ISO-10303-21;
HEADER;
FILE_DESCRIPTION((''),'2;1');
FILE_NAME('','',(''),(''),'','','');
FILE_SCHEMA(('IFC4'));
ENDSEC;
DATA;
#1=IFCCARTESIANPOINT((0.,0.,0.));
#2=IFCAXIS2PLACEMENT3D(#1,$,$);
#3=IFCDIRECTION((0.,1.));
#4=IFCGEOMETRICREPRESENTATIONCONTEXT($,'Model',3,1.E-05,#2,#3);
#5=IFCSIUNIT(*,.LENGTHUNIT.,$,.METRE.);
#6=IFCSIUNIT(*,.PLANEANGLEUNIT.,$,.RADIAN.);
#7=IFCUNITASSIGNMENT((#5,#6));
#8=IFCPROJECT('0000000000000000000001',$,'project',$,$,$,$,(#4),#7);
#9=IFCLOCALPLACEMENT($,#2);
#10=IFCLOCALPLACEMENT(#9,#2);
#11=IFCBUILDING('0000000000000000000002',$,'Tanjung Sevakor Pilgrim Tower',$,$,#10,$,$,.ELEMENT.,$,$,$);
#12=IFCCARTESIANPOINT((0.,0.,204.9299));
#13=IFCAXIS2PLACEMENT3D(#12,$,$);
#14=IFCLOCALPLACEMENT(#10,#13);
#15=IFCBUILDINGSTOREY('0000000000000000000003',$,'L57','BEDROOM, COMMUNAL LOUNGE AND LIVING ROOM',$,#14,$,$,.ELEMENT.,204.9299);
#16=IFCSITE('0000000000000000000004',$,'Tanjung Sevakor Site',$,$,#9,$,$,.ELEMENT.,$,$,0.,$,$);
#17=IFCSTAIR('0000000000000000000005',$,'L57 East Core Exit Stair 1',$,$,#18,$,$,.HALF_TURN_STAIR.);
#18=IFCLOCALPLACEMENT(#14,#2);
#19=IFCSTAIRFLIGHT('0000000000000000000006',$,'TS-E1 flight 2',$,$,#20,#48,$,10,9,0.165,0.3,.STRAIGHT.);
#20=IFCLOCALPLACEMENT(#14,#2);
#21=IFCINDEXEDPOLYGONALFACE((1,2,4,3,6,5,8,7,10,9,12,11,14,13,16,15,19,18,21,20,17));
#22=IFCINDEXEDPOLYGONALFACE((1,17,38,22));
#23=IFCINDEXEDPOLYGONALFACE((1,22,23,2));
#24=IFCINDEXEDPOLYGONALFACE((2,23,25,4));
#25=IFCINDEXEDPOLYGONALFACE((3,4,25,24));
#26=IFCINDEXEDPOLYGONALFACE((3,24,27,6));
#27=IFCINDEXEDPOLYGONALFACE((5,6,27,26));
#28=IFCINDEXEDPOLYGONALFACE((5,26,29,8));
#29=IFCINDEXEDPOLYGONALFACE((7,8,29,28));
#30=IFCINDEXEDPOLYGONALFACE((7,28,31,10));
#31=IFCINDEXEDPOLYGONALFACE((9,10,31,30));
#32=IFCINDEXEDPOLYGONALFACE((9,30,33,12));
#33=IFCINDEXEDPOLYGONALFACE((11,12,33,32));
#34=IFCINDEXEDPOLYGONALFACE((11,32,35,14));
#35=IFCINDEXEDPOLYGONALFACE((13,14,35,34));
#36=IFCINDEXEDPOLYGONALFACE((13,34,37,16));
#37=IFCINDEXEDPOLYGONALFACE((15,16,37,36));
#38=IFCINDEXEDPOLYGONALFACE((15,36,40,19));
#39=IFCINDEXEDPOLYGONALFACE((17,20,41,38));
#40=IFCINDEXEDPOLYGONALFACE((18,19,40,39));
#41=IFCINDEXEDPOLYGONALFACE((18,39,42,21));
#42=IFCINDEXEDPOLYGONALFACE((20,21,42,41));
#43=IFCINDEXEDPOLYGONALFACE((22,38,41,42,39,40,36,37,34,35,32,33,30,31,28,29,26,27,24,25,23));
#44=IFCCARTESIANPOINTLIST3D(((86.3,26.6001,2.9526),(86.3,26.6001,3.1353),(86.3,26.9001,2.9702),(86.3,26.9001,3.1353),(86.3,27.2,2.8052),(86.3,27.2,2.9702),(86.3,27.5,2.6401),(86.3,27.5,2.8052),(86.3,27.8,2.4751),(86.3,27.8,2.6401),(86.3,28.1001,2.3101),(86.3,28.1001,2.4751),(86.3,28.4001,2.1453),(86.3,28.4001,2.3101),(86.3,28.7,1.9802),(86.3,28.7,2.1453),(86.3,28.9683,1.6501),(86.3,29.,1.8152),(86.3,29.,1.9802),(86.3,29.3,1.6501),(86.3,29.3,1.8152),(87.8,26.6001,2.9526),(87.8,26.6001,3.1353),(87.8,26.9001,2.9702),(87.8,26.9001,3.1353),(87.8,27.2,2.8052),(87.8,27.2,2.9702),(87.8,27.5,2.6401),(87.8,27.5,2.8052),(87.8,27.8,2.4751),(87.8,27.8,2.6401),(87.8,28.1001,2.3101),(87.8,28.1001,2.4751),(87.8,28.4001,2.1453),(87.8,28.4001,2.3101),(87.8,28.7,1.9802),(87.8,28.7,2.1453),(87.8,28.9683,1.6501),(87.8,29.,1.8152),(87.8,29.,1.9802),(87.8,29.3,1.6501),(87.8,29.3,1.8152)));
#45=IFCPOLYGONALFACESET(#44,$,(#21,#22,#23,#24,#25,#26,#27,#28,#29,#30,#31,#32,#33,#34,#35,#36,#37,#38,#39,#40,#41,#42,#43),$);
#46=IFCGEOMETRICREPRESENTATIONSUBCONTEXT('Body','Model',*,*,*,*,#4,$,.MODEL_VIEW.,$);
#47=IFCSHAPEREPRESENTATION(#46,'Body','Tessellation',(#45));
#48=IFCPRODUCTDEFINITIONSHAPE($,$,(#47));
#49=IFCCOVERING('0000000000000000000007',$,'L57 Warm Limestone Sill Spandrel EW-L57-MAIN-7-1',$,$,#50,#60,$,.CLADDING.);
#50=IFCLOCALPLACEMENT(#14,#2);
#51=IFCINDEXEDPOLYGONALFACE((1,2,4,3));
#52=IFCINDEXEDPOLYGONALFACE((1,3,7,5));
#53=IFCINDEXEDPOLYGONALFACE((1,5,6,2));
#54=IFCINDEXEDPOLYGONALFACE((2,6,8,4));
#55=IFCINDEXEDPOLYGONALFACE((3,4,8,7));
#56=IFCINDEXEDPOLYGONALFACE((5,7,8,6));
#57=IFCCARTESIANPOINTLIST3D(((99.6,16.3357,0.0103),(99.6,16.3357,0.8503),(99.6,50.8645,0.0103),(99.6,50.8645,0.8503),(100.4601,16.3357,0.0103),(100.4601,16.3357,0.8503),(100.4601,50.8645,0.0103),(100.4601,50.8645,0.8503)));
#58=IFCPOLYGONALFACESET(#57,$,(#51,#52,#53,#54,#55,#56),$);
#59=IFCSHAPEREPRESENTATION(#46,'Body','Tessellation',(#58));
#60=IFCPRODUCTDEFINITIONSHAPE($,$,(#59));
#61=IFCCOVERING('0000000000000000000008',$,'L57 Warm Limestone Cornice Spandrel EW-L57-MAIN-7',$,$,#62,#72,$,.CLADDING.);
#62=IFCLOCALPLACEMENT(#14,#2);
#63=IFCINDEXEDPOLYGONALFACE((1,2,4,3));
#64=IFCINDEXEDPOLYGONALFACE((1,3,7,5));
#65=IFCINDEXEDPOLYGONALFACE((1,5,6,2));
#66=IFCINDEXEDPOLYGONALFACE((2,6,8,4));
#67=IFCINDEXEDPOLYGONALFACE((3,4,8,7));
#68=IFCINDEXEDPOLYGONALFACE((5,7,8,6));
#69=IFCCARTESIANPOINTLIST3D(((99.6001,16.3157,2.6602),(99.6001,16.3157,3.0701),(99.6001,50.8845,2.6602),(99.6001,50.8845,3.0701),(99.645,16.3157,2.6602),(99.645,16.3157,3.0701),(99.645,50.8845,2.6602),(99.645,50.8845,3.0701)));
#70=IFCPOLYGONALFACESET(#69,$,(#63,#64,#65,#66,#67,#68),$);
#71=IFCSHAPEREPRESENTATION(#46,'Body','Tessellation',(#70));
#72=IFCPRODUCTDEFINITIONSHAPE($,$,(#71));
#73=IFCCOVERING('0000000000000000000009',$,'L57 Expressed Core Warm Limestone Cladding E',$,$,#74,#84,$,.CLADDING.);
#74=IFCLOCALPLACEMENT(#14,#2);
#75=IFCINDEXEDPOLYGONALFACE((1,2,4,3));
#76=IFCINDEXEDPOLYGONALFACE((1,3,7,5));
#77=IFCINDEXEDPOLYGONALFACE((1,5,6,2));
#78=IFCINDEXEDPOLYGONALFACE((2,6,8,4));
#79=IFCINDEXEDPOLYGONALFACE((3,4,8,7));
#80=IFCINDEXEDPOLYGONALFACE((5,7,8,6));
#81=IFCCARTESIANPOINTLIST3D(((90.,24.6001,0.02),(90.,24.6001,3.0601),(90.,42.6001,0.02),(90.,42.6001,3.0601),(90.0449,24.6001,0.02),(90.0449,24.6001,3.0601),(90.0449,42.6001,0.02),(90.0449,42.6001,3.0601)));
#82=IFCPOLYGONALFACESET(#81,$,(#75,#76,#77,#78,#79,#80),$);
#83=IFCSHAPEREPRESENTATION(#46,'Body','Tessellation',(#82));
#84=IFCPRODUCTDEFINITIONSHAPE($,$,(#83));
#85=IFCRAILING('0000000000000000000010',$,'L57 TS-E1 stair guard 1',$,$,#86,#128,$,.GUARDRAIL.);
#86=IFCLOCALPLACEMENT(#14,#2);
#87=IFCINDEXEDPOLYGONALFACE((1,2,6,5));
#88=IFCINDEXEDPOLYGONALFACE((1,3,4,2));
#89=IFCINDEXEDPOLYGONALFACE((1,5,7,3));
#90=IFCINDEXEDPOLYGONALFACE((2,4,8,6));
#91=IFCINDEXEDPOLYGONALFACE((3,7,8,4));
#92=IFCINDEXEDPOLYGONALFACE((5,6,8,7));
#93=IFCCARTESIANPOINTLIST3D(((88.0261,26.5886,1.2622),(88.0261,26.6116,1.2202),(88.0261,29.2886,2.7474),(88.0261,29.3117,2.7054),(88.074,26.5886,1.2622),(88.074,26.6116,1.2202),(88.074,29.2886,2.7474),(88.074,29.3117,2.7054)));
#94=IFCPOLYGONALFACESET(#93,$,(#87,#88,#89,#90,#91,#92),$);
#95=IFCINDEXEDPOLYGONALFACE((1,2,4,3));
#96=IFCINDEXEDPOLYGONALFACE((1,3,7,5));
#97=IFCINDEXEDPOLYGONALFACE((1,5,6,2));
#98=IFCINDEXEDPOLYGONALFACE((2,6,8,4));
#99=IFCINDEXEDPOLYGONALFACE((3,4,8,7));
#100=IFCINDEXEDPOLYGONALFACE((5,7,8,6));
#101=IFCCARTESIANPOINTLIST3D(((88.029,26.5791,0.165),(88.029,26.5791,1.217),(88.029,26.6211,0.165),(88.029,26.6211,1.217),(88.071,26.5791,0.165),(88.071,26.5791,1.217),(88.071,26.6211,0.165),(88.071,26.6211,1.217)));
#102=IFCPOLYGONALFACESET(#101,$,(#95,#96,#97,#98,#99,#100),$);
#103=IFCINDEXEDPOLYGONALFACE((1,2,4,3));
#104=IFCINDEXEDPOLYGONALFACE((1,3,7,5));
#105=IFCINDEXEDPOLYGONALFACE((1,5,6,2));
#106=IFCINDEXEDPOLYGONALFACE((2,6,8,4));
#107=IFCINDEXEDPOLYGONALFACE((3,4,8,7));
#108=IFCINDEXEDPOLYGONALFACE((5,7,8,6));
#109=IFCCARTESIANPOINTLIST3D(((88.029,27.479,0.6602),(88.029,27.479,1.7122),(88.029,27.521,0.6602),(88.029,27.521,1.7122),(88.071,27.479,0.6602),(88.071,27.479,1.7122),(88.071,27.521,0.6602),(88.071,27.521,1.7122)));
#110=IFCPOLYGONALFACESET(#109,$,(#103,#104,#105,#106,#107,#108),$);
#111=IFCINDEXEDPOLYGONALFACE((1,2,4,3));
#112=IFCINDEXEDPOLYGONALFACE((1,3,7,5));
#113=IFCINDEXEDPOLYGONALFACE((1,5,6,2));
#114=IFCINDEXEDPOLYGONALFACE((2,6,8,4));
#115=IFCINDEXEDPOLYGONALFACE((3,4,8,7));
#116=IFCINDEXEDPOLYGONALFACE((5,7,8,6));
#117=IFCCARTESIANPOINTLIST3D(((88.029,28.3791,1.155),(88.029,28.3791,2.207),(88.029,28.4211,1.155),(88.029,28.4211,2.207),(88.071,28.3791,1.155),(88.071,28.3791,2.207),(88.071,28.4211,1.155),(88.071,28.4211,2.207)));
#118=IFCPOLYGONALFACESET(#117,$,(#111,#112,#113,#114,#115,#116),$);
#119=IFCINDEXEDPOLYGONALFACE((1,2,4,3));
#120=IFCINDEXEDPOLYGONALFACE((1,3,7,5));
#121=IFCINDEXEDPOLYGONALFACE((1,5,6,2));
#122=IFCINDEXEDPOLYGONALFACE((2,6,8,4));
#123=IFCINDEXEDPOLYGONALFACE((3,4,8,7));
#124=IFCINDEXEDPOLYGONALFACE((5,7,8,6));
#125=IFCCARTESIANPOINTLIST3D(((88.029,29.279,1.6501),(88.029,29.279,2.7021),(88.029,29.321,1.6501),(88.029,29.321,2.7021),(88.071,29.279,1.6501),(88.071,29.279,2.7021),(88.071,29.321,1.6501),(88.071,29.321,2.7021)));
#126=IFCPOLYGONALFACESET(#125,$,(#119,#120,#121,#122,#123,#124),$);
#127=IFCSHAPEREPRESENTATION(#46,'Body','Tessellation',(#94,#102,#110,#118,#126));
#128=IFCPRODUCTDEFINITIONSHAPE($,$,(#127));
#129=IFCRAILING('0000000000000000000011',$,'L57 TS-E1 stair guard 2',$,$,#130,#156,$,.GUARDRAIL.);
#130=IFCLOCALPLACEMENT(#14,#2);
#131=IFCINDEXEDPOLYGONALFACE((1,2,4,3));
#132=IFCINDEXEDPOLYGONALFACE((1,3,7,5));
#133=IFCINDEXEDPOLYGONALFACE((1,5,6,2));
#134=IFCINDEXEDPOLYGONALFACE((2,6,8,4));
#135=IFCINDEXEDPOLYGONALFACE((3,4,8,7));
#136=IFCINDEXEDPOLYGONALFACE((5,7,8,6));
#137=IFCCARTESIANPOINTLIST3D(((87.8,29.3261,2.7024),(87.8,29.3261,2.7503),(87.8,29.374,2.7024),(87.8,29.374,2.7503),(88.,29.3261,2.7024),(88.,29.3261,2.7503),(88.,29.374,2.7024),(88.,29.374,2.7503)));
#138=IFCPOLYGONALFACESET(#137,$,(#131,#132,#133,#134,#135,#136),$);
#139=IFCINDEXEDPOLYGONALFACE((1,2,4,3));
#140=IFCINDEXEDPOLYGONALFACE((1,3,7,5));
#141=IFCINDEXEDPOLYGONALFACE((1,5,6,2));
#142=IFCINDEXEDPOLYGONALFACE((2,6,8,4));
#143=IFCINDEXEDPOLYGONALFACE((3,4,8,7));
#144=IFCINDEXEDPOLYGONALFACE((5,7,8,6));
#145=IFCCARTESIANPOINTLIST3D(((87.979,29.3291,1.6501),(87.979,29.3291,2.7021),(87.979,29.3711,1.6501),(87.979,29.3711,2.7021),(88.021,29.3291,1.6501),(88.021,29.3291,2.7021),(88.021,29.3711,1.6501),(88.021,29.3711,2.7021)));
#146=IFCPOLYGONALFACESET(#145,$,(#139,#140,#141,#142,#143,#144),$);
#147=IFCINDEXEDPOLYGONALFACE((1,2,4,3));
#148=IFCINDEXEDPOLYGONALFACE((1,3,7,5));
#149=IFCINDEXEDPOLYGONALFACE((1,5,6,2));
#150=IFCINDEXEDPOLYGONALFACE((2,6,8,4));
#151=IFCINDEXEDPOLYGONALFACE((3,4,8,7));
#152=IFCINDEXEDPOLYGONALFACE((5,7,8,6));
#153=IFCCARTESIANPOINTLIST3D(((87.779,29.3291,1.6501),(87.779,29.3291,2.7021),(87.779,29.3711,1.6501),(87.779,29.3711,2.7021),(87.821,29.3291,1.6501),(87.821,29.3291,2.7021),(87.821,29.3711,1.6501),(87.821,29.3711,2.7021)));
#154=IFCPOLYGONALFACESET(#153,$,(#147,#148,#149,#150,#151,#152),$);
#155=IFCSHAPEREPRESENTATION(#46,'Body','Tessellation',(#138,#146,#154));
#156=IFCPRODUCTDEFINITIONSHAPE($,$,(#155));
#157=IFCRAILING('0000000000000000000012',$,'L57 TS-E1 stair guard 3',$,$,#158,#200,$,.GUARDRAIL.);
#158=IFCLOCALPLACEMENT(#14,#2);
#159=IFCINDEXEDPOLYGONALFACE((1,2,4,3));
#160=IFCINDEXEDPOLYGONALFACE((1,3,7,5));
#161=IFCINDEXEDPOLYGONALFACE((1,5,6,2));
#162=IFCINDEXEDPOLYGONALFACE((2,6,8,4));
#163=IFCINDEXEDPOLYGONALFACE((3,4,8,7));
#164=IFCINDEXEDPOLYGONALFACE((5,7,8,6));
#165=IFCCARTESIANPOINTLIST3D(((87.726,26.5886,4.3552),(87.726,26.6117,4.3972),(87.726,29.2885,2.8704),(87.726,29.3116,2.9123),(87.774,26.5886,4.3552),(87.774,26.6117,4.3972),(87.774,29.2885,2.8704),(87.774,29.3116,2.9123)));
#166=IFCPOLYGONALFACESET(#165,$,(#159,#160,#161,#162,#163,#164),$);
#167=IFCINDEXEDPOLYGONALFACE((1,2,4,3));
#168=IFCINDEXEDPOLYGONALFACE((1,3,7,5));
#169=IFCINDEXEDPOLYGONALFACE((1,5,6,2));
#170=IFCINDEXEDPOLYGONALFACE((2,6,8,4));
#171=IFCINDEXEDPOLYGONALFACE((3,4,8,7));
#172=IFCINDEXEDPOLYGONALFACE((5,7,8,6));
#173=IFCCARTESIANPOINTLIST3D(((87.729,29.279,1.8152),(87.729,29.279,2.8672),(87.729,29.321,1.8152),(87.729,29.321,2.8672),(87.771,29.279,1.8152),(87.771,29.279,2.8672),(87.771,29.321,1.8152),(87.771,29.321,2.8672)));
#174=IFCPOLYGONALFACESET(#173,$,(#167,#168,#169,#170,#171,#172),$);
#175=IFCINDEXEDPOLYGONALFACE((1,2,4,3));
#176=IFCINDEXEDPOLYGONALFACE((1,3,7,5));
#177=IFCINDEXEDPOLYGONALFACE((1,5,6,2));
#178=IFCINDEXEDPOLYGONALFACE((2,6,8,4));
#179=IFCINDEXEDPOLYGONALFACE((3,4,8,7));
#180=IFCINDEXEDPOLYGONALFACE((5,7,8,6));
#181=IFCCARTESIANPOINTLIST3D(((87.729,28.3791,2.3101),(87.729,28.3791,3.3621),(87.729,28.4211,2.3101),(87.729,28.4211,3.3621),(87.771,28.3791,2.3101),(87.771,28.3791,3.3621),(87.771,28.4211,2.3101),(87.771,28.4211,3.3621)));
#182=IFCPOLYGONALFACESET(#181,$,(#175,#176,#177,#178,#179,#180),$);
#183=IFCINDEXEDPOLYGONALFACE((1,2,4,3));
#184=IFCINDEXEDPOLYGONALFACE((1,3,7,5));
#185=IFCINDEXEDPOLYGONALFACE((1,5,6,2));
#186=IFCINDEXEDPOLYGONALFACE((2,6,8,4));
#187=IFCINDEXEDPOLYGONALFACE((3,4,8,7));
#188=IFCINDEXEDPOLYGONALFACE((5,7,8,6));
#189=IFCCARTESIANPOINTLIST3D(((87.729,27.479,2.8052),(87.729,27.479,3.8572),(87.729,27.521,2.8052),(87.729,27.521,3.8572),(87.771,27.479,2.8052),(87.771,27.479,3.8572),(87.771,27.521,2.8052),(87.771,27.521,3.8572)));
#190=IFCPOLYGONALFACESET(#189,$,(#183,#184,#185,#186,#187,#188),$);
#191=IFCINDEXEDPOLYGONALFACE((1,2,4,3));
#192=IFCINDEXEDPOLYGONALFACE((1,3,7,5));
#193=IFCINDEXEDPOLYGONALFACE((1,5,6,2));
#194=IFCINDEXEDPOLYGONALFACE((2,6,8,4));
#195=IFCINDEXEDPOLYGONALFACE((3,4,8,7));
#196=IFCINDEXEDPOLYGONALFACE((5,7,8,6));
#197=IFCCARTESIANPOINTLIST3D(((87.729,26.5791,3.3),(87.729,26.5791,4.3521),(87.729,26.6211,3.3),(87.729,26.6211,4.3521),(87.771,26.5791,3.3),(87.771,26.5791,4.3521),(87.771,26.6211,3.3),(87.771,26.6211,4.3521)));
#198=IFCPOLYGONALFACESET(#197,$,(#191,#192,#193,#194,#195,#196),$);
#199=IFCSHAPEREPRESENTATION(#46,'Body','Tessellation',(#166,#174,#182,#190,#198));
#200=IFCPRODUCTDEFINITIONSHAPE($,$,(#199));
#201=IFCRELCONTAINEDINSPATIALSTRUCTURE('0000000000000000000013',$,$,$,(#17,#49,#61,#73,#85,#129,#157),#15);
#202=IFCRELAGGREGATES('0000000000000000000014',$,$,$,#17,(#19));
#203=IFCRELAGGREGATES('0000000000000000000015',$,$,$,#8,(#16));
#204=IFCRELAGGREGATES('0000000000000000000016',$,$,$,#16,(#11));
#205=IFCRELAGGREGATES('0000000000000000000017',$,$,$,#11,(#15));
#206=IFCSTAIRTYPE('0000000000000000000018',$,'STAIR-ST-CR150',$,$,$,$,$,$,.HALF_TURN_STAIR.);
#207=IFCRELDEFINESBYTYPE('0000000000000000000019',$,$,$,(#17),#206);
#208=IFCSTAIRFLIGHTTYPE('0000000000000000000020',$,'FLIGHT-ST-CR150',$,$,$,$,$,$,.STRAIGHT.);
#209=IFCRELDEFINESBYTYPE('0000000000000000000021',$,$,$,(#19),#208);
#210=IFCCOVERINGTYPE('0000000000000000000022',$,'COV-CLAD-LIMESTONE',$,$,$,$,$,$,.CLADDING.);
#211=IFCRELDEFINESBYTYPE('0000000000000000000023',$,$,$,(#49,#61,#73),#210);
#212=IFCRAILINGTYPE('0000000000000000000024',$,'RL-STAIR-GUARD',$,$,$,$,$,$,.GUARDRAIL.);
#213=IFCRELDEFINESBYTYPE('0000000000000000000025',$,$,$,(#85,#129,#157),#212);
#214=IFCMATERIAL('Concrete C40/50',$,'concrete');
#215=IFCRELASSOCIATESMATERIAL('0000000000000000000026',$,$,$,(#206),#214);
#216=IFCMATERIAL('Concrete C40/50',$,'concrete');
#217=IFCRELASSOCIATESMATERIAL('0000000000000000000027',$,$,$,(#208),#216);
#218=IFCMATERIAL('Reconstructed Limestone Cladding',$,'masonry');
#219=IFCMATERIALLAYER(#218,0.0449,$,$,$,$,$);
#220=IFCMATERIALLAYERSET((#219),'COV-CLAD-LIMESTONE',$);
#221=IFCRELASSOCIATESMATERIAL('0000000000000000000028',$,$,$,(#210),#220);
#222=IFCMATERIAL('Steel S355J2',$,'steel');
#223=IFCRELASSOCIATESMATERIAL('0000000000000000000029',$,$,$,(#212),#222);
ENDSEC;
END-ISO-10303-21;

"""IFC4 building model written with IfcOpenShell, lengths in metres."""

from ifc_helpers import new_model, si_unit, direction, frame, origin, origin_2d, place, context, subcontext, project, spatial, polyline, rectangle, outline, extrude, material, layer, layer_set, type_object, element, aggregate, save


model = new_model("IFC4")

# Units and contexts
model_context = context("Model", 3, precision=1e-05, world=origin(), true_north=direction((0.0, 1.0)))
body_context = subcontext(model_context, "Body", "Model", "MODEL_VIEW")
ifc_project = project(units=[si_unit("LENGTHUNIT", "METRE"), si_unit("PLANEANGLEUNIT", "RADIAN")], contexts=[model_context])

# Site, building, storey
site_placement = place(None, origin())
site = spatial("IfcSite", under=ifc_project, at=site_placement, Name="Tanjung Sevakor Site", CompositionType="ELEMENT", RefElevation=0.0)
building_placement = place(site_placement, origin())
building = spatial("IfcBuilding", under=site, at=building_placement, Name="Tanjung Sevakor Pilgrim Tower", CompositionType="ELEMENT")
storey_placement = place(building_placement, frame((0.0, 0.0, 204.9299)))
storey = spatial("IfcBuildingStorey", under=building, at=storey_placement, Name="L57", Description="BEDROOM, COMMUNAL LOUNGE AND LIVING ROOM", CompositionType="ELEMENT", Elevation=204.9299)

# Stair, stair flight
ifc_material_1 = material(Name="Concrete C40/50", Category="concrete")
stair_type = type_object("IfcStairType", Name="STAIR-ST-CR150", PredefinedType="HALF_TURN_STAIR", material=ifc_material_1)
stair_placement = place(storey_placement, origin())
stair = element("IfcStair", 1, at=stair_placement, inside=storey, type_object=stair_type, Name="L57 East Core Exit Stair 1", PredefinedType="HALF_TURN_STAIR")
ifc_material_2 = material(Name="Concrete C40/50", Category="concrete")
stair_flight_type = type_object("IfcStairFlightType", Name="FLIGHT-ST-CR150", PredefinedType="STRAIGHT", material=ifc_material_2)
stair_flight_1_placement = place(storey_placement, frame((87.05, 29.3, 1.6501), z_axis=(0.0, 0.0, 1.0), x_axis=(0.0, -1.0, 0.0)))
stair_flight_1 = element("IfcStairFlight", 2, at=stair_flight_1_placement, type_object=stair_flight_type, Name="TS-E1 flight 2", NumberOfRisers=10, NumberOfTreads=9, PredefinedType="STRAIGHT", RiserHeight=0.165, TreadLength=0.3, context=body_context, shape_type="SweptSolid", body=[
    extrude(outline(polyline([(0.0, 0.0), (0.0, 0.165), (0.3, 0.165), (0.3, 0.3301), (0.6001, 0.3301), (0.6001, 0.4951), (0.8999, 0.4951), (0.8999, 0.6599), (1.2, 0.6599), (1.2, 0.825), (1.5, 0.825), (1.5, 0.99), (1.8, 0.99), (1.8, 1.155), (2.1001, 1.155), (2.1001, 1.3201), (2.3999, 1.3201), (2.3999, 1.4851), (2.7, 1.4851), (2.7, 1.6499), (2.7, 1.3025), (0.3318, 0.0), (0.0, 0.0)])), frame((0.0, 0.75, 0.0), z_axis=(0.0, -1.0, 0.0), x_axis=(1.0, 0.0, 0.0)), (0.0, 0.0, 1.0), 1.5),
])
aggregate(stair, [stair_flight_1])

# Coverings
ifc_material_3 = material(Name="Reconstructed Limestone Cladding", Category="masonry")
ifc_layer_1 = layer(ifc_material_3, 0.0449)
ifc_layer_set_1 = layer_set([ifc_layer_1], Name="COV-CLAD-LIMESTONE")
covering_type = type_object("IfcCoveringType", Name="COV-CLAD-LIMESTONE", PredefinedType="CLADDING", material=ifc_layer_set_1)
covering_1_placement = place(storey_placement, frame((100.03, 33.6001, 0.0103), z_axis=(0.0, 0.0, 1.0), x_axis=(0.0, 1.0, 0.0)))
element("IfcCovering", 3, at=covering_1_placement, inside=storey, type_object=covering_type, Name="L57 Warm Limestone Sill Spandrel EW-L57-MAIN-7-1", PredefinedType="CLADDING", context=body_context, shape_type="SweptSolid", body=[
    extrude(rectangle(XDim=34.5288, YDim=0.8601, at=origin_2d()), origin(), (0.0, 0.0, 1.0), 0.8401),
])
covering_2_placement = place(storey_placement, frame((99.6226, 33.6001, 2.6602), z_axis=(0.0, 0.0, 1.0), x_axis=(0.0, 1.0, 0.0)))
element("IfcCovering", 4, at=covering_2_placement, inside=storey, type_object=covering_type, Name="L57 Warm Limestone Cornice Spandrel EW-L57-MAIN-7", PredefinedType="CLADDING", context=body_context, shape_type="SweptSolid", body=[
    extrude(rectangle(XDim=34.5688, YDim=0.0449, at=origin_2d()), origin(), (0.0, 0.0, 1.0), 0.4099),
])
covering_3_placement = place(storey_placement, frame((90.0225, 33.6001, 0.02), z_axis=(0.0, 0.0, 1.0), x_axis=(1.0, 0.0, 0.0)))
element("IfcCovering", 5, at=covering_3_placement, inside=storey, type_object=covering_type, Name="L57 Expressed Core Warm Limestone Cladding E", PredefinedType="CLADDING", context=body_context, shape_type="SweptSolid", body=[
    extrude(rectangle(XDim=0.0449, YDim=18.0, at=origin_2d()), origin(), (0.0, 0.0, 1.0), 3.04),
])

# Railings
ifc_material_4 = material(Name="Steel S355J2", Category="steel")
railing_type_1 = type_object("IfcRailingType", Name="RL-STAIR-GUARD", PredefinedType="GUARDRAIL", material=ifc_material_4)
railing_1_placement = place(storey_placement, frame((88.05, 26.6001, 0.165)))
element("IfcRailing", 6, at=railing_1_placement, inside=storey, type_object=railing_type_1, Name="L57 TS-E1 stair guard 1", PredefinedType="GUARDRAIL", context=body_context, shape_type="SweptSolid", body=[
    extrude(rectangle(XDim=0.0479, YDim=0.0479), frame((0.0, 0.0, 1.0762), z_axis=(0.0, 0.876198, 0.481952), x_axis=(-1.0, 0.0, 0.0)), (0.0, 0.0, 1.0), 3.0815),
    extrude(rectangle(XDim=0.042, YDim=0.042), origin(), (0.0, 0.0, 1.0), 1.052),
    extrude(rectangle(XDim=0.042, YDim=0.042), frame((0.0, 0.8999, 0.4951)), (0.0, 0.0, 1.0), 1.052),
    extrude(rectangle(XDim=0.042, YDim=0.042), frame((0.0, 1.8, 0.99)), (0.0, 0.0, 1.0), 1.052),
    extrude(rectangle(XDim=0.042, YDim=0.042), frame((0.0, 2.7, 1.4851)), (0.0, 0.0, 1.0), 1.052),
])
railing_2_placement = place(storey_placement, frame((88.0, 29.3501, 1.6501)))
element("IfcRailing", 7, at=railing_2_placement, inside=storey, type_object=railing_type_1, Name="L57 TS-E1 stair guard 2", PredefinedType="GUARDRAIL", context=body_context, shape_type="SweptSolid", body=[
    extrude(rectangle(XDim=0.0479, YDim=0.0479), frame((0.0, 0.0, 1.0762), z_axis=(-1.0, 0.0, 0.0), x_axis=(0.0, -1.0, 0.0)), (0.0, 0.0, 1.0), 0.2),
    extrude(rectangle(XDim=0.042, YDim=0.042), origin(), (0.0, 0.0, 1.0), 1.052),
    extrude(rectangle(XDim=0.042, YDim=0.042), frame((-0.2, 0.0, 0.0)), (0.0, 0.0, 1.0), 1.052),
])
railing_3_placement = place(storey_placement, frame((87.75, 29.3, 1.8152)))
element("IfcRailing", 8, at=railing_3_placement, inside=storey, type_object=railing_type_1, Name="L57 TS-E1 stair guard 3", PredefinedType="GUARDRAIL", context=body_context, shape_type="SweptSolid", body=[
    extrude(rectangle(XDim=0.0479, YDim=0.0479), frame((0.0, 0.0, 1.0762), z_axis=(0.0, -0.876231, 0.481891), x_axis=(1.0, 0.0, 0.0)), (0.0, 0.0, 1.0), 3.0813),
    extrude(rectangle(XDim=0.042, YDim=0.042), origin(), (0.0, 0.0, 1.0), 1.052),
    extrude(rectangle(XDim=0.042, YDim=0.042), frame((0.0, -0.8999, 0.4949)), (0.0, 0.0, 1.0), 1.052),
    extrude(rectangle(XDim=0.042, YDim=0.042), frame((0.0, -1.8, 0.99)), (0.0, 0.0, 1.0), 1.052),
    extrude(rectangle(XDim=0.042, YDim=0.042), frame((0.0, -2.7, 1.4849)), (0.0, 0.0, 1.0), 1.052),
])

save(model, "model.ifc")
